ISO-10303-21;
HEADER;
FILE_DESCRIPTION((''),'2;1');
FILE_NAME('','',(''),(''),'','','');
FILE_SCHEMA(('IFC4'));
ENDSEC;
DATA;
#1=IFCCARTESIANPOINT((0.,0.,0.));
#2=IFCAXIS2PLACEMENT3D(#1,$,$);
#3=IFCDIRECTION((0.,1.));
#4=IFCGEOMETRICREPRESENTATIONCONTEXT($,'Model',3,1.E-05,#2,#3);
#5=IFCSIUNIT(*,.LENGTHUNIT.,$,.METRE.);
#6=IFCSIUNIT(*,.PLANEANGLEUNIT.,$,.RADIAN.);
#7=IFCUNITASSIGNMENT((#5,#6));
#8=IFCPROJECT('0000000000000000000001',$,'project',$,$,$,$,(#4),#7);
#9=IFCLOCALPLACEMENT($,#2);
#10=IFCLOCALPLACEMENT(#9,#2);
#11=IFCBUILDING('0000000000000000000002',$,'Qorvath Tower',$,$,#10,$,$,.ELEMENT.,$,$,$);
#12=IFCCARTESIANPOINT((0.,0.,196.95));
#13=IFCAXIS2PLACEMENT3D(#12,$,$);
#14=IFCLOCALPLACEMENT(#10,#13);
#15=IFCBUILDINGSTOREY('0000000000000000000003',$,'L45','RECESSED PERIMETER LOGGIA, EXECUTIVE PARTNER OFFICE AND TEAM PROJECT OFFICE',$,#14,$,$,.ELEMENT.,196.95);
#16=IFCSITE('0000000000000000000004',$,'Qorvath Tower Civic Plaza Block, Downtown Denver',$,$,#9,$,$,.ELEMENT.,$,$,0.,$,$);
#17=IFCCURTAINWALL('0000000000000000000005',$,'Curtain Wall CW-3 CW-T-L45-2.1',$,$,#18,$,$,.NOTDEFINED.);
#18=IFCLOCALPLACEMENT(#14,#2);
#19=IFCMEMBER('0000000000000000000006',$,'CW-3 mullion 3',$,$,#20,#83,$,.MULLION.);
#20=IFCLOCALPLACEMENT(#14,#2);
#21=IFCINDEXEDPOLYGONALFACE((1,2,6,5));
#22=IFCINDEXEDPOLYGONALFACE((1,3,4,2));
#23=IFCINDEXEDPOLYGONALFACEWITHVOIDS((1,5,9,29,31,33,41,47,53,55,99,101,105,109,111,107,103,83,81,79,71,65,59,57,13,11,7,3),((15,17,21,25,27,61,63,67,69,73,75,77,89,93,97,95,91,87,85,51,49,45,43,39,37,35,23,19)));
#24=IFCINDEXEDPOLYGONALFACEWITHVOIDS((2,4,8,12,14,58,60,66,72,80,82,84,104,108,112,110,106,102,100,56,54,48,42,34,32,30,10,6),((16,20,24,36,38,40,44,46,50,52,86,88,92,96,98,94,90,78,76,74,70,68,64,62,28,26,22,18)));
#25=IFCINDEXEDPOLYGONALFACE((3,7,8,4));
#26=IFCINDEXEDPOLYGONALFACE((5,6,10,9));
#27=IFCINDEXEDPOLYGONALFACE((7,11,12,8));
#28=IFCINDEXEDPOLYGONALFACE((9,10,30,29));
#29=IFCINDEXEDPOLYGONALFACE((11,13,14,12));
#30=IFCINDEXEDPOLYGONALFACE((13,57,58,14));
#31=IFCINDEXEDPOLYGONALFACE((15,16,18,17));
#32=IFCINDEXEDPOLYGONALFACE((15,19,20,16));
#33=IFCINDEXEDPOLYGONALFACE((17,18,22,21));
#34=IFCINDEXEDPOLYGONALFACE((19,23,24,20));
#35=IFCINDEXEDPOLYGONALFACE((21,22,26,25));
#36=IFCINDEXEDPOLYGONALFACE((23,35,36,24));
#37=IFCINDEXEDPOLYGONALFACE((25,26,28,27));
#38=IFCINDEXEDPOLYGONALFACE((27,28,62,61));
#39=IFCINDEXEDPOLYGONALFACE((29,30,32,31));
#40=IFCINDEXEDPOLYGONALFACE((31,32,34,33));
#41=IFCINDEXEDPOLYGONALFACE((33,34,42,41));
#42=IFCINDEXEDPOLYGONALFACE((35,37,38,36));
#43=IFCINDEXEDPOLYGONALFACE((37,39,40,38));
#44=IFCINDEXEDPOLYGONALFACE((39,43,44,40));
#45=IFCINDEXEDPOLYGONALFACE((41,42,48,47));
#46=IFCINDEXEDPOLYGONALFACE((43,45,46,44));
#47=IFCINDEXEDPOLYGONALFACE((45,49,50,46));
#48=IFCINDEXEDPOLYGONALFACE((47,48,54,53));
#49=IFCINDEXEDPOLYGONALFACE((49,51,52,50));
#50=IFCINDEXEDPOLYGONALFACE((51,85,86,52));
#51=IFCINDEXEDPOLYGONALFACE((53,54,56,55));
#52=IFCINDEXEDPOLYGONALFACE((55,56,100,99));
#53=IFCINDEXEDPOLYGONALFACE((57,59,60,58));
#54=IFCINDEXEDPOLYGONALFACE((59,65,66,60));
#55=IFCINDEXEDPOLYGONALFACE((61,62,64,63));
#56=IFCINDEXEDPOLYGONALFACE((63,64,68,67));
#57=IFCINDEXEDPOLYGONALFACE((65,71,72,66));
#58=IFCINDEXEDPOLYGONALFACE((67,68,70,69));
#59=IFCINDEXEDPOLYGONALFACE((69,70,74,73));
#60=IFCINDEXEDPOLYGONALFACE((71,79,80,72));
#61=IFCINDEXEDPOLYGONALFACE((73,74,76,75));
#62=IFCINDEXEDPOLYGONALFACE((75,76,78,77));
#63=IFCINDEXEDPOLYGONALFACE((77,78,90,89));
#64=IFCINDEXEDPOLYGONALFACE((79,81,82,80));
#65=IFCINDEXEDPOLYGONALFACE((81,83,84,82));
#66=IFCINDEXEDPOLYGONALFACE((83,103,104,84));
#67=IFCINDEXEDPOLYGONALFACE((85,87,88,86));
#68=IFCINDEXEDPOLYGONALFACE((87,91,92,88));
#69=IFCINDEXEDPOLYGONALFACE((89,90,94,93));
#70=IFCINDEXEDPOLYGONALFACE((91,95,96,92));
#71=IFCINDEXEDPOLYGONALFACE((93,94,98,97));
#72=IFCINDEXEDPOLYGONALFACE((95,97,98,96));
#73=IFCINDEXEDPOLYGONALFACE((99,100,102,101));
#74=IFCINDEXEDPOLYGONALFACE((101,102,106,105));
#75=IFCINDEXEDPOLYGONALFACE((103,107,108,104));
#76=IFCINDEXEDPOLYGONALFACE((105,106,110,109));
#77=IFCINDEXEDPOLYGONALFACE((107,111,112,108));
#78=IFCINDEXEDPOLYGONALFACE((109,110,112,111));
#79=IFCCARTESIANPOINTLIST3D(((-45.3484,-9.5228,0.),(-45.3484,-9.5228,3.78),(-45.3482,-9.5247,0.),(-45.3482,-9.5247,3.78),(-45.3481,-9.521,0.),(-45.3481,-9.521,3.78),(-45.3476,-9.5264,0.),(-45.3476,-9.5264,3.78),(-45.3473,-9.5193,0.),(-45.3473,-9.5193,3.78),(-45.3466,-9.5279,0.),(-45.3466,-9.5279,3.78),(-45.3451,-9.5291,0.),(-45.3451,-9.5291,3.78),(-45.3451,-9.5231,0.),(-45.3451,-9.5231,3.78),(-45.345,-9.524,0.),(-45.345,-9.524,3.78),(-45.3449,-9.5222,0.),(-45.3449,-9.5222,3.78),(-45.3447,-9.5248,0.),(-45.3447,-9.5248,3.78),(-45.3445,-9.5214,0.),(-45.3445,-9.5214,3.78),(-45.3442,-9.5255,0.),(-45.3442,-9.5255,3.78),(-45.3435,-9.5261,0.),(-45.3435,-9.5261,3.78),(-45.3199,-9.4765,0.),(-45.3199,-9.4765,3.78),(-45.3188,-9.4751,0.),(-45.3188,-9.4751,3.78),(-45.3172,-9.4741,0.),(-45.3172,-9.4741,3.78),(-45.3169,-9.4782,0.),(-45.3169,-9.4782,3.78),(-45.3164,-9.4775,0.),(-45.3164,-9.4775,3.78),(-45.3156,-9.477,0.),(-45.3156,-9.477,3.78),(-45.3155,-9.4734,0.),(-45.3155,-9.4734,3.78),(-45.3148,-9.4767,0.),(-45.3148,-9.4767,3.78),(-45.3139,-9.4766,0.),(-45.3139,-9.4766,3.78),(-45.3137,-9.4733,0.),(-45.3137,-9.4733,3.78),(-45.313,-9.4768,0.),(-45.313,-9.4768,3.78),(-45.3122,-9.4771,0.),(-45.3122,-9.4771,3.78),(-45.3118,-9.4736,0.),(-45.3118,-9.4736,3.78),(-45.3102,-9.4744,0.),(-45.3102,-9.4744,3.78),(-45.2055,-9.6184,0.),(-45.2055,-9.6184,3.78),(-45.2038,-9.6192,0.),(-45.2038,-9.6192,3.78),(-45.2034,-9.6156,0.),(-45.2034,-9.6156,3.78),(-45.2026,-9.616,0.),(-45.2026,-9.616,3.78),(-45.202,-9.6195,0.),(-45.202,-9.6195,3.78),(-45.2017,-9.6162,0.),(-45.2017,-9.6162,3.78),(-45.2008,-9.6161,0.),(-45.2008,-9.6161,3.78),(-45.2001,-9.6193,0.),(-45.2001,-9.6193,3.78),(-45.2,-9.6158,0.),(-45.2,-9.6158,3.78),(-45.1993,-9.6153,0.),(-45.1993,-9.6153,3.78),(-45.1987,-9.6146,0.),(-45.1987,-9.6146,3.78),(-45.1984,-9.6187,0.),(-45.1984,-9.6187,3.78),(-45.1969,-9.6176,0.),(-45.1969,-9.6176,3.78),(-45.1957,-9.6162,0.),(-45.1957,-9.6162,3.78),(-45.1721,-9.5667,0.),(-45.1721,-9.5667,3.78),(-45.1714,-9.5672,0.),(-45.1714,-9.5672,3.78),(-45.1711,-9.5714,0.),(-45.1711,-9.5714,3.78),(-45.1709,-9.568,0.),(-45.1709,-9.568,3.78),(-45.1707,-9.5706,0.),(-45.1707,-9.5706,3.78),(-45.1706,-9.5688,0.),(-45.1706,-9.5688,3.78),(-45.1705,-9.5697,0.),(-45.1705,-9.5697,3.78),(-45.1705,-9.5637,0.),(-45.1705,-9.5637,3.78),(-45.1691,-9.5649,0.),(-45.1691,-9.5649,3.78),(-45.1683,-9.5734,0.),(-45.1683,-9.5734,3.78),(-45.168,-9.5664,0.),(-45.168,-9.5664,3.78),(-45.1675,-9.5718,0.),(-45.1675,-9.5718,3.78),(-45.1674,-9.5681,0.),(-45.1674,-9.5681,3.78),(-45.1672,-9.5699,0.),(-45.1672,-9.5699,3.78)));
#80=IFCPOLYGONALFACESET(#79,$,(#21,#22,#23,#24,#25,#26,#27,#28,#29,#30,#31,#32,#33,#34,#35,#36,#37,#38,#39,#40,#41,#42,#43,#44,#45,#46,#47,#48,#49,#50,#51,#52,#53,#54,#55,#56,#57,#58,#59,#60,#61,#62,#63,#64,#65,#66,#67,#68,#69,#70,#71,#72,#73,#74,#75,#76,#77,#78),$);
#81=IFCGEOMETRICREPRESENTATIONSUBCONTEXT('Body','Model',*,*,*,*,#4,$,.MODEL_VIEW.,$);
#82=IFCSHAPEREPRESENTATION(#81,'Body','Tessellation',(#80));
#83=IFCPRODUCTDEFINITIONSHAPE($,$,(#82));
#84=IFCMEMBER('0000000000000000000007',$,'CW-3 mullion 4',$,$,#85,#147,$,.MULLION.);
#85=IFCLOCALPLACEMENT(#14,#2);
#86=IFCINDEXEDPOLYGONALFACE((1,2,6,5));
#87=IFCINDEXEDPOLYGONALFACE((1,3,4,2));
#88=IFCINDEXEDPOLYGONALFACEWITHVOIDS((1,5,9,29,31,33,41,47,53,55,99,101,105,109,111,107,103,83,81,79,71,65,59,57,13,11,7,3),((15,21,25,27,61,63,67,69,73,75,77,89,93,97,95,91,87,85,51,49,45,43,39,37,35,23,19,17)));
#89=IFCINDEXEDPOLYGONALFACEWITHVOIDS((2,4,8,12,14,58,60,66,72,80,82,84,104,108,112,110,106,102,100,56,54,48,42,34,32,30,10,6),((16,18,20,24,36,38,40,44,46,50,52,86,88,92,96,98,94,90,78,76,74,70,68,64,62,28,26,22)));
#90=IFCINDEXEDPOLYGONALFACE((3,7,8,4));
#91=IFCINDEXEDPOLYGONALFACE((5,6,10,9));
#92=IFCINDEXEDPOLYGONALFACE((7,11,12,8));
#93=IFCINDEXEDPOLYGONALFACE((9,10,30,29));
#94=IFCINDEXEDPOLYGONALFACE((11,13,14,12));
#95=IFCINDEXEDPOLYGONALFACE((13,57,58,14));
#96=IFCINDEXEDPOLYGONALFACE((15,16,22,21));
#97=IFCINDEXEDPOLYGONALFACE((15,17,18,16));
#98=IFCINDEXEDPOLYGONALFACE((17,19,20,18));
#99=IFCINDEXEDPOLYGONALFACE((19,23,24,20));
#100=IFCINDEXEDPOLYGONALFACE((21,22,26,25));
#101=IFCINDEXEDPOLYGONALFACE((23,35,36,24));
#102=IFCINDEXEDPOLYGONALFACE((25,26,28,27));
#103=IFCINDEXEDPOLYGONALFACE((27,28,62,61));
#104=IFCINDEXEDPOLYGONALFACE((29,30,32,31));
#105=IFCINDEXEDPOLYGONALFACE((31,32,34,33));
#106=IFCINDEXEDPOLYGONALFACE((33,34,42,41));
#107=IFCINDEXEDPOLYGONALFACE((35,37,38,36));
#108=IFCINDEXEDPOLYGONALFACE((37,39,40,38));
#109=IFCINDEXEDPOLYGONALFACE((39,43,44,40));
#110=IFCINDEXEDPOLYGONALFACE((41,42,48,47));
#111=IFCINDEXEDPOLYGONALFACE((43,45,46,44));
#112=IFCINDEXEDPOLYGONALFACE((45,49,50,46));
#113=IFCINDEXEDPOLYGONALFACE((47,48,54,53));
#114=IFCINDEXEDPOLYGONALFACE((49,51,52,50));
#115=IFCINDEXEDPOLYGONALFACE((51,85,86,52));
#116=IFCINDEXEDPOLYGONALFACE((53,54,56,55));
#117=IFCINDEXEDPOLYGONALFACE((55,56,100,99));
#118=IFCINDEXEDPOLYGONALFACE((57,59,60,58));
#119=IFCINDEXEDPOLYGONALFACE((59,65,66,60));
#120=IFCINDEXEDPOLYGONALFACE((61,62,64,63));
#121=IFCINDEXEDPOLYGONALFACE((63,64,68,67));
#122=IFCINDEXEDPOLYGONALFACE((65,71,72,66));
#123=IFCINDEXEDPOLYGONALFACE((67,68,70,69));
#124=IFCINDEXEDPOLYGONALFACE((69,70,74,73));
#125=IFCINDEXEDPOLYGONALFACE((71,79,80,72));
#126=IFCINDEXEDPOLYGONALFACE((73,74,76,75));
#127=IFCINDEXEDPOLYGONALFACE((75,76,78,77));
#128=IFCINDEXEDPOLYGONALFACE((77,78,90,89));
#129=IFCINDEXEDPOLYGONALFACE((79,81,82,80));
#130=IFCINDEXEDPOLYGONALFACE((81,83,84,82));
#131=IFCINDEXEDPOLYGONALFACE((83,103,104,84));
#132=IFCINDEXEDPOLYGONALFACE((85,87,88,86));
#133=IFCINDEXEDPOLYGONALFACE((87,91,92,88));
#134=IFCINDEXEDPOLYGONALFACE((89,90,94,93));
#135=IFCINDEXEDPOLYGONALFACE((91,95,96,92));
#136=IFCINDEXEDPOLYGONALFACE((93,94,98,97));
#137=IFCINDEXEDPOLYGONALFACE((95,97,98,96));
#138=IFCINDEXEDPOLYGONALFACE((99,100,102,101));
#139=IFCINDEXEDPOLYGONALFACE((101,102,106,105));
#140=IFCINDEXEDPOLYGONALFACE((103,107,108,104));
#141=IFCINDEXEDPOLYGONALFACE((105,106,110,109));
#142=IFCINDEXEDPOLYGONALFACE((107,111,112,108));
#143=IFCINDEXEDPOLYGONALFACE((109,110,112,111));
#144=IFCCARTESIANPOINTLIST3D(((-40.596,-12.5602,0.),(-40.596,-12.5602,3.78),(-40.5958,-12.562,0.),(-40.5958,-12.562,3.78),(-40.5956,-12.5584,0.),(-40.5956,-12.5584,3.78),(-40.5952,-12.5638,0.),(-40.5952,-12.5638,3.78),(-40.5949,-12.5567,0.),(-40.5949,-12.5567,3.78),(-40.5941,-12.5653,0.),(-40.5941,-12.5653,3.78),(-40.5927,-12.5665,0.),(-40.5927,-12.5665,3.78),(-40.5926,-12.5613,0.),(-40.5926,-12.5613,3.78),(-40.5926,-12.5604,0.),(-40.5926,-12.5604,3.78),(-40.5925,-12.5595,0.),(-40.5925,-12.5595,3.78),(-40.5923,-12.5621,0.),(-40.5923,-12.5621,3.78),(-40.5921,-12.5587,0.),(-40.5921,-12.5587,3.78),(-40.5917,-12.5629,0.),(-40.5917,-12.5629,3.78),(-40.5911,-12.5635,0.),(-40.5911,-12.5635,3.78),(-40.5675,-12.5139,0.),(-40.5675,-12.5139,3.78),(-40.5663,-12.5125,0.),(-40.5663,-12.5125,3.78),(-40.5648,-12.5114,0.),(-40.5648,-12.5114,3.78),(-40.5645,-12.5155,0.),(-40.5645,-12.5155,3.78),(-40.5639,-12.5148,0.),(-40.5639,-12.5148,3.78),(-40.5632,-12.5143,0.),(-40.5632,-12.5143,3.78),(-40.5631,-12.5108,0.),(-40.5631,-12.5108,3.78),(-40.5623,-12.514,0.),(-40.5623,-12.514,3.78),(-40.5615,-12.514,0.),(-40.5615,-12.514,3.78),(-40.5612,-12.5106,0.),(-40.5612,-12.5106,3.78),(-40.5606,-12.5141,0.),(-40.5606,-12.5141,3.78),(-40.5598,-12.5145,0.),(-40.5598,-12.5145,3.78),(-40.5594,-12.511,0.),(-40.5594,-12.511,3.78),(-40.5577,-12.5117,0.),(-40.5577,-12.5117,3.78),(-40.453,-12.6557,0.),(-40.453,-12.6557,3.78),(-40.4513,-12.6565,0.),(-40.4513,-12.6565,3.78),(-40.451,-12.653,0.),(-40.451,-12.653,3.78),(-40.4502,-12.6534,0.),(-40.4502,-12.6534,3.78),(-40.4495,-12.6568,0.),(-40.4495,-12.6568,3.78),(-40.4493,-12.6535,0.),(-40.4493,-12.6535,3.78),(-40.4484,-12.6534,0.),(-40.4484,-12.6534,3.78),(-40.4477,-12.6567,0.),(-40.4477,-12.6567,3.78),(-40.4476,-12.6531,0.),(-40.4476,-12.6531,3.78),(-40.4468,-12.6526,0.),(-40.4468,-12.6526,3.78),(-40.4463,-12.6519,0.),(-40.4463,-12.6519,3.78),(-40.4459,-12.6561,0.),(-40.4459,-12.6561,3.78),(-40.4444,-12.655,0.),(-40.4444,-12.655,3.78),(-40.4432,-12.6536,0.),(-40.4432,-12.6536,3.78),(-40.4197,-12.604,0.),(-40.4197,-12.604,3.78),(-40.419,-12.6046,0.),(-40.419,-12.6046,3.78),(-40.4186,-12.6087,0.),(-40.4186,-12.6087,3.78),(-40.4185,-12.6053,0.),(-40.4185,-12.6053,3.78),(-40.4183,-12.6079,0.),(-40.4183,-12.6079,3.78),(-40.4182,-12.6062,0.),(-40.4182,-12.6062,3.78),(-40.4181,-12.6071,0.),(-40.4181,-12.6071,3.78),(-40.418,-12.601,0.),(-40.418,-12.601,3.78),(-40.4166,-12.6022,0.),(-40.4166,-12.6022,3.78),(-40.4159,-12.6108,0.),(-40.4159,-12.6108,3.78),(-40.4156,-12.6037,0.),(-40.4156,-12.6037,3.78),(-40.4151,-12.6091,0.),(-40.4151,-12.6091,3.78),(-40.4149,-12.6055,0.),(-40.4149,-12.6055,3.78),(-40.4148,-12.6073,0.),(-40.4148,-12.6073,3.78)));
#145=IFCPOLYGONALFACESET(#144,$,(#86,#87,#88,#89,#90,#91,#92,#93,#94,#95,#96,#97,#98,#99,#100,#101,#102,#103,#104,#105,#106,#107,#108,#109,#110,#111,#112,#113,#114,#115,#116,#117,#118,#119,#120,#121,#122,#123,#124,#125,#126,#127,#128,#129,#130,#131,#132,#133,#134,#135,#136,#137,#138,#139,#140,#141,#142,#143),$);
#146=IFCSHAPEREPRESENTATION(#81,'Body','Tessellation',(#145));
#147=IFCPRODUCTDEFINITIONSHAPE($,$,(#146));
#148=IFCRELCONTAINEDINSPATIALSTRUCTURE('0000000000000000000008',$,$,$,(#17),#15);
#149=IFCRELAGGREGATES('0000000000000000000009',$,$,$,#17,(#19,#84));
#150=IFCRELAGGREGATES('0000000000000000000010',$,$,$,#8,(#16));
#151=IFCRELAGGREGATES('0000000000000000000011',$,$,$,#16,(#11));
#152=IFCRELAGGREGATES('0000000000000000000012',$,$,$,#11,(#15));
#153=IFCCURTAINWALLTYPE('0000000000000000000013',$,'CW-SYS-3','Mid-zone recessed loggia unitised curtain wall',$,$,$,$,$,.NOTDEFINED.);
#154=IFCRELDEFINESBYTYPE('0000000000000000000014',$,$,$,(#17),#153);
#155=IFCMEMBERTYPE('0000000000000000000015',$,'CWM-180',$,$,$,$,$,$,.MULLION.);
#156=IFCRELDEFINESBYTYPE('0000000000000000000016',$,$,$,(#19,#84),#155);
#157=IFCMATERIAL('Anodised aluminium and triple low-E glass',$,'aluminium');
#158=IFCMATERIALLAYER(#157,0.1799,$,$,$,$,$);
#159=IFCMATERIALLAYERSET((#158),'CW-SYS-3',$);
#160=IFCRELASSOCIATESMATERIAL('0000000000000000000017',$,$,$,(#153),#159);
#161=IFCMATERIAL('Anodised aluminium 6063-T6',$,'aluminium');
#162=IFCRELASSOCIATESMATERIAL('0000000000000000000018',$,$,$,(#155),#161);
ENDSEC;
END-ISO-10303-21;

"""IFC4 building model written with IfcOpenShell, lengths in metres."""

from ifc_helpers import new_model, si_unit, direction, frame, origin, origin_2d, place, context, subcontext, project, spatial, hollow_rectangle, extrude, material, layer, layer_set, material_profile, profile_set, type_object, element, aggregate, save


model = new_model("IFC4")

# Units and contexts
model_context = context("Model", 3, precision=1e-05, world=origin(), true_north=direction((0.0, 1.0)))
body_context = subcontext(model_context, "Body", "Model", "MODEL_VIEW")
ifc_project = project(units=[si_unit("LENGTHUNIT", "METRE"), si_unit("PLANEANGLEUNIT", "RADIAN")], contexts=[model_context])

# Site, building, storey
site_placement = place(None, origin())
site = spatial("IfcSite", under=ifc_project, at=site_placement, Name="Qorvath Tower Civic Plaza Block, Downtown Denver", CompositionType="ELEMENT", RefElevation=0.0)
building_placement = place(site_placement, origin())
building = spatial("IfcBuilding", under=site, at=building_placement, Name="Qorvath Tower", CompositionType="ELEMENT")
storey_placement = place(building_placement, frame((0.0, 0.0, 196.95)))
storey = spatial("IfcBuildingStorey", under=building, at=storey_placement, Name="L45", Description="RECESSED PERIMETER LOGGIA, EXECUTIVE PARTNER OFFICE AND TEAM PROJECT OFFICE", CompositionType="ELEMENT", Elevation=196.95)

# Curtain wall, members
ifc_material_1 = material(Name="Anodised aluminium and triple low-E glass", Category="aluminium")
ifc_layer_1 = layer(ifc_material_1, 0.1799)
ifc_layer_set_1 = layer_set([ifc_layer_1], Name="CW-SYS-3")
curtain_wall_type = type_object("IfcCurtainWallType", Name="CW-SYS-3", Description="Mid-zone recessed loggia unitised curtain wall", PredefinedType="NOTDEFINED", material=ifc_layer_set_1)
curtain_wall_placement = place(storey_placement, origin())
curtain_wall = element("IfcCurtainWall", 1, at=curtain_wall_placement, inside=storey, type_object=curtain_wall_type, Name="Curtain Wall CW-3 CW-T-L45-2.1", PredefinedType="NOTDEFINED")
ifc_material_2 = material(Name="Anodised aluminium 6063-T6", Category="aluminium")
ifc_material_profile_1 = material_profile(ifc_material_2, hollow_rectangle(XDim=0.0649, YDim=0.1799, WallThickness=0.0034, InnerFilletRadius=0.0034, OuterFilletRadius=0.0071, at=origin_2d()), Name="CWM 180x65")
ifc_profile_set_1 = profile_set([ifc_material_profile_1], Name="Anodised aluminium 6063-T6")
member_type_1 = type_object("IfcMemberType", Name="CWM-180", PredefinedType="MULLION", material=ifc_profile_set_1)
member_1_placement = place(storey_placement, frame((-45.2578, -9.5464, 0.0), z_axis=(0.0, 0.0, 1.0), x_axis=(0.538534, 0.842604, 0.0)))
member_1 = element("IfcMember", 2, at=member_1_placement, type_object=member_type_1, Name="CW-3 mullion 3", PredefinedType="MULLION", context=body_context, shape_type="SweptSolid", body=[
    extrude(hollow_rectangle(XDim=0.0649, YDim=0.1799, WallThickness=0.0034, InnerFilletRadius=0.0034, OuterFilletRadius=0.0071, at=origin_2d()), origin(), (0.0, 0.0, 1.0), 3.78),
])
member_2_placement = place(storey_placement, frame((-40.5054, -12.5837, 0.0), z_axis=(0.0, 0.0, 1.0), x_axis=(0.538534, 0.842604, 0.0)))
member_2 = element("IfcMember", 3, at=member_2_placement, type_object=member_type_1, Name="CW-3 mullion 4", PredefinedType="MULLION", context=body_context, shape_type="SweptSolid", body=[
    extrude(hollow_rectangle(XDim=0.0649, YDim=0.1799, WallThickness=0.0034, InnerFilletRadius=0.0034, OuterFilletRadius=0.0071, at=origin_2d()), origin(), (0.0, 0.0, 1.0), 3.78),
])
aggregate(curtain_wall, [member_1, member_2])

save(model, "model.ifc")
